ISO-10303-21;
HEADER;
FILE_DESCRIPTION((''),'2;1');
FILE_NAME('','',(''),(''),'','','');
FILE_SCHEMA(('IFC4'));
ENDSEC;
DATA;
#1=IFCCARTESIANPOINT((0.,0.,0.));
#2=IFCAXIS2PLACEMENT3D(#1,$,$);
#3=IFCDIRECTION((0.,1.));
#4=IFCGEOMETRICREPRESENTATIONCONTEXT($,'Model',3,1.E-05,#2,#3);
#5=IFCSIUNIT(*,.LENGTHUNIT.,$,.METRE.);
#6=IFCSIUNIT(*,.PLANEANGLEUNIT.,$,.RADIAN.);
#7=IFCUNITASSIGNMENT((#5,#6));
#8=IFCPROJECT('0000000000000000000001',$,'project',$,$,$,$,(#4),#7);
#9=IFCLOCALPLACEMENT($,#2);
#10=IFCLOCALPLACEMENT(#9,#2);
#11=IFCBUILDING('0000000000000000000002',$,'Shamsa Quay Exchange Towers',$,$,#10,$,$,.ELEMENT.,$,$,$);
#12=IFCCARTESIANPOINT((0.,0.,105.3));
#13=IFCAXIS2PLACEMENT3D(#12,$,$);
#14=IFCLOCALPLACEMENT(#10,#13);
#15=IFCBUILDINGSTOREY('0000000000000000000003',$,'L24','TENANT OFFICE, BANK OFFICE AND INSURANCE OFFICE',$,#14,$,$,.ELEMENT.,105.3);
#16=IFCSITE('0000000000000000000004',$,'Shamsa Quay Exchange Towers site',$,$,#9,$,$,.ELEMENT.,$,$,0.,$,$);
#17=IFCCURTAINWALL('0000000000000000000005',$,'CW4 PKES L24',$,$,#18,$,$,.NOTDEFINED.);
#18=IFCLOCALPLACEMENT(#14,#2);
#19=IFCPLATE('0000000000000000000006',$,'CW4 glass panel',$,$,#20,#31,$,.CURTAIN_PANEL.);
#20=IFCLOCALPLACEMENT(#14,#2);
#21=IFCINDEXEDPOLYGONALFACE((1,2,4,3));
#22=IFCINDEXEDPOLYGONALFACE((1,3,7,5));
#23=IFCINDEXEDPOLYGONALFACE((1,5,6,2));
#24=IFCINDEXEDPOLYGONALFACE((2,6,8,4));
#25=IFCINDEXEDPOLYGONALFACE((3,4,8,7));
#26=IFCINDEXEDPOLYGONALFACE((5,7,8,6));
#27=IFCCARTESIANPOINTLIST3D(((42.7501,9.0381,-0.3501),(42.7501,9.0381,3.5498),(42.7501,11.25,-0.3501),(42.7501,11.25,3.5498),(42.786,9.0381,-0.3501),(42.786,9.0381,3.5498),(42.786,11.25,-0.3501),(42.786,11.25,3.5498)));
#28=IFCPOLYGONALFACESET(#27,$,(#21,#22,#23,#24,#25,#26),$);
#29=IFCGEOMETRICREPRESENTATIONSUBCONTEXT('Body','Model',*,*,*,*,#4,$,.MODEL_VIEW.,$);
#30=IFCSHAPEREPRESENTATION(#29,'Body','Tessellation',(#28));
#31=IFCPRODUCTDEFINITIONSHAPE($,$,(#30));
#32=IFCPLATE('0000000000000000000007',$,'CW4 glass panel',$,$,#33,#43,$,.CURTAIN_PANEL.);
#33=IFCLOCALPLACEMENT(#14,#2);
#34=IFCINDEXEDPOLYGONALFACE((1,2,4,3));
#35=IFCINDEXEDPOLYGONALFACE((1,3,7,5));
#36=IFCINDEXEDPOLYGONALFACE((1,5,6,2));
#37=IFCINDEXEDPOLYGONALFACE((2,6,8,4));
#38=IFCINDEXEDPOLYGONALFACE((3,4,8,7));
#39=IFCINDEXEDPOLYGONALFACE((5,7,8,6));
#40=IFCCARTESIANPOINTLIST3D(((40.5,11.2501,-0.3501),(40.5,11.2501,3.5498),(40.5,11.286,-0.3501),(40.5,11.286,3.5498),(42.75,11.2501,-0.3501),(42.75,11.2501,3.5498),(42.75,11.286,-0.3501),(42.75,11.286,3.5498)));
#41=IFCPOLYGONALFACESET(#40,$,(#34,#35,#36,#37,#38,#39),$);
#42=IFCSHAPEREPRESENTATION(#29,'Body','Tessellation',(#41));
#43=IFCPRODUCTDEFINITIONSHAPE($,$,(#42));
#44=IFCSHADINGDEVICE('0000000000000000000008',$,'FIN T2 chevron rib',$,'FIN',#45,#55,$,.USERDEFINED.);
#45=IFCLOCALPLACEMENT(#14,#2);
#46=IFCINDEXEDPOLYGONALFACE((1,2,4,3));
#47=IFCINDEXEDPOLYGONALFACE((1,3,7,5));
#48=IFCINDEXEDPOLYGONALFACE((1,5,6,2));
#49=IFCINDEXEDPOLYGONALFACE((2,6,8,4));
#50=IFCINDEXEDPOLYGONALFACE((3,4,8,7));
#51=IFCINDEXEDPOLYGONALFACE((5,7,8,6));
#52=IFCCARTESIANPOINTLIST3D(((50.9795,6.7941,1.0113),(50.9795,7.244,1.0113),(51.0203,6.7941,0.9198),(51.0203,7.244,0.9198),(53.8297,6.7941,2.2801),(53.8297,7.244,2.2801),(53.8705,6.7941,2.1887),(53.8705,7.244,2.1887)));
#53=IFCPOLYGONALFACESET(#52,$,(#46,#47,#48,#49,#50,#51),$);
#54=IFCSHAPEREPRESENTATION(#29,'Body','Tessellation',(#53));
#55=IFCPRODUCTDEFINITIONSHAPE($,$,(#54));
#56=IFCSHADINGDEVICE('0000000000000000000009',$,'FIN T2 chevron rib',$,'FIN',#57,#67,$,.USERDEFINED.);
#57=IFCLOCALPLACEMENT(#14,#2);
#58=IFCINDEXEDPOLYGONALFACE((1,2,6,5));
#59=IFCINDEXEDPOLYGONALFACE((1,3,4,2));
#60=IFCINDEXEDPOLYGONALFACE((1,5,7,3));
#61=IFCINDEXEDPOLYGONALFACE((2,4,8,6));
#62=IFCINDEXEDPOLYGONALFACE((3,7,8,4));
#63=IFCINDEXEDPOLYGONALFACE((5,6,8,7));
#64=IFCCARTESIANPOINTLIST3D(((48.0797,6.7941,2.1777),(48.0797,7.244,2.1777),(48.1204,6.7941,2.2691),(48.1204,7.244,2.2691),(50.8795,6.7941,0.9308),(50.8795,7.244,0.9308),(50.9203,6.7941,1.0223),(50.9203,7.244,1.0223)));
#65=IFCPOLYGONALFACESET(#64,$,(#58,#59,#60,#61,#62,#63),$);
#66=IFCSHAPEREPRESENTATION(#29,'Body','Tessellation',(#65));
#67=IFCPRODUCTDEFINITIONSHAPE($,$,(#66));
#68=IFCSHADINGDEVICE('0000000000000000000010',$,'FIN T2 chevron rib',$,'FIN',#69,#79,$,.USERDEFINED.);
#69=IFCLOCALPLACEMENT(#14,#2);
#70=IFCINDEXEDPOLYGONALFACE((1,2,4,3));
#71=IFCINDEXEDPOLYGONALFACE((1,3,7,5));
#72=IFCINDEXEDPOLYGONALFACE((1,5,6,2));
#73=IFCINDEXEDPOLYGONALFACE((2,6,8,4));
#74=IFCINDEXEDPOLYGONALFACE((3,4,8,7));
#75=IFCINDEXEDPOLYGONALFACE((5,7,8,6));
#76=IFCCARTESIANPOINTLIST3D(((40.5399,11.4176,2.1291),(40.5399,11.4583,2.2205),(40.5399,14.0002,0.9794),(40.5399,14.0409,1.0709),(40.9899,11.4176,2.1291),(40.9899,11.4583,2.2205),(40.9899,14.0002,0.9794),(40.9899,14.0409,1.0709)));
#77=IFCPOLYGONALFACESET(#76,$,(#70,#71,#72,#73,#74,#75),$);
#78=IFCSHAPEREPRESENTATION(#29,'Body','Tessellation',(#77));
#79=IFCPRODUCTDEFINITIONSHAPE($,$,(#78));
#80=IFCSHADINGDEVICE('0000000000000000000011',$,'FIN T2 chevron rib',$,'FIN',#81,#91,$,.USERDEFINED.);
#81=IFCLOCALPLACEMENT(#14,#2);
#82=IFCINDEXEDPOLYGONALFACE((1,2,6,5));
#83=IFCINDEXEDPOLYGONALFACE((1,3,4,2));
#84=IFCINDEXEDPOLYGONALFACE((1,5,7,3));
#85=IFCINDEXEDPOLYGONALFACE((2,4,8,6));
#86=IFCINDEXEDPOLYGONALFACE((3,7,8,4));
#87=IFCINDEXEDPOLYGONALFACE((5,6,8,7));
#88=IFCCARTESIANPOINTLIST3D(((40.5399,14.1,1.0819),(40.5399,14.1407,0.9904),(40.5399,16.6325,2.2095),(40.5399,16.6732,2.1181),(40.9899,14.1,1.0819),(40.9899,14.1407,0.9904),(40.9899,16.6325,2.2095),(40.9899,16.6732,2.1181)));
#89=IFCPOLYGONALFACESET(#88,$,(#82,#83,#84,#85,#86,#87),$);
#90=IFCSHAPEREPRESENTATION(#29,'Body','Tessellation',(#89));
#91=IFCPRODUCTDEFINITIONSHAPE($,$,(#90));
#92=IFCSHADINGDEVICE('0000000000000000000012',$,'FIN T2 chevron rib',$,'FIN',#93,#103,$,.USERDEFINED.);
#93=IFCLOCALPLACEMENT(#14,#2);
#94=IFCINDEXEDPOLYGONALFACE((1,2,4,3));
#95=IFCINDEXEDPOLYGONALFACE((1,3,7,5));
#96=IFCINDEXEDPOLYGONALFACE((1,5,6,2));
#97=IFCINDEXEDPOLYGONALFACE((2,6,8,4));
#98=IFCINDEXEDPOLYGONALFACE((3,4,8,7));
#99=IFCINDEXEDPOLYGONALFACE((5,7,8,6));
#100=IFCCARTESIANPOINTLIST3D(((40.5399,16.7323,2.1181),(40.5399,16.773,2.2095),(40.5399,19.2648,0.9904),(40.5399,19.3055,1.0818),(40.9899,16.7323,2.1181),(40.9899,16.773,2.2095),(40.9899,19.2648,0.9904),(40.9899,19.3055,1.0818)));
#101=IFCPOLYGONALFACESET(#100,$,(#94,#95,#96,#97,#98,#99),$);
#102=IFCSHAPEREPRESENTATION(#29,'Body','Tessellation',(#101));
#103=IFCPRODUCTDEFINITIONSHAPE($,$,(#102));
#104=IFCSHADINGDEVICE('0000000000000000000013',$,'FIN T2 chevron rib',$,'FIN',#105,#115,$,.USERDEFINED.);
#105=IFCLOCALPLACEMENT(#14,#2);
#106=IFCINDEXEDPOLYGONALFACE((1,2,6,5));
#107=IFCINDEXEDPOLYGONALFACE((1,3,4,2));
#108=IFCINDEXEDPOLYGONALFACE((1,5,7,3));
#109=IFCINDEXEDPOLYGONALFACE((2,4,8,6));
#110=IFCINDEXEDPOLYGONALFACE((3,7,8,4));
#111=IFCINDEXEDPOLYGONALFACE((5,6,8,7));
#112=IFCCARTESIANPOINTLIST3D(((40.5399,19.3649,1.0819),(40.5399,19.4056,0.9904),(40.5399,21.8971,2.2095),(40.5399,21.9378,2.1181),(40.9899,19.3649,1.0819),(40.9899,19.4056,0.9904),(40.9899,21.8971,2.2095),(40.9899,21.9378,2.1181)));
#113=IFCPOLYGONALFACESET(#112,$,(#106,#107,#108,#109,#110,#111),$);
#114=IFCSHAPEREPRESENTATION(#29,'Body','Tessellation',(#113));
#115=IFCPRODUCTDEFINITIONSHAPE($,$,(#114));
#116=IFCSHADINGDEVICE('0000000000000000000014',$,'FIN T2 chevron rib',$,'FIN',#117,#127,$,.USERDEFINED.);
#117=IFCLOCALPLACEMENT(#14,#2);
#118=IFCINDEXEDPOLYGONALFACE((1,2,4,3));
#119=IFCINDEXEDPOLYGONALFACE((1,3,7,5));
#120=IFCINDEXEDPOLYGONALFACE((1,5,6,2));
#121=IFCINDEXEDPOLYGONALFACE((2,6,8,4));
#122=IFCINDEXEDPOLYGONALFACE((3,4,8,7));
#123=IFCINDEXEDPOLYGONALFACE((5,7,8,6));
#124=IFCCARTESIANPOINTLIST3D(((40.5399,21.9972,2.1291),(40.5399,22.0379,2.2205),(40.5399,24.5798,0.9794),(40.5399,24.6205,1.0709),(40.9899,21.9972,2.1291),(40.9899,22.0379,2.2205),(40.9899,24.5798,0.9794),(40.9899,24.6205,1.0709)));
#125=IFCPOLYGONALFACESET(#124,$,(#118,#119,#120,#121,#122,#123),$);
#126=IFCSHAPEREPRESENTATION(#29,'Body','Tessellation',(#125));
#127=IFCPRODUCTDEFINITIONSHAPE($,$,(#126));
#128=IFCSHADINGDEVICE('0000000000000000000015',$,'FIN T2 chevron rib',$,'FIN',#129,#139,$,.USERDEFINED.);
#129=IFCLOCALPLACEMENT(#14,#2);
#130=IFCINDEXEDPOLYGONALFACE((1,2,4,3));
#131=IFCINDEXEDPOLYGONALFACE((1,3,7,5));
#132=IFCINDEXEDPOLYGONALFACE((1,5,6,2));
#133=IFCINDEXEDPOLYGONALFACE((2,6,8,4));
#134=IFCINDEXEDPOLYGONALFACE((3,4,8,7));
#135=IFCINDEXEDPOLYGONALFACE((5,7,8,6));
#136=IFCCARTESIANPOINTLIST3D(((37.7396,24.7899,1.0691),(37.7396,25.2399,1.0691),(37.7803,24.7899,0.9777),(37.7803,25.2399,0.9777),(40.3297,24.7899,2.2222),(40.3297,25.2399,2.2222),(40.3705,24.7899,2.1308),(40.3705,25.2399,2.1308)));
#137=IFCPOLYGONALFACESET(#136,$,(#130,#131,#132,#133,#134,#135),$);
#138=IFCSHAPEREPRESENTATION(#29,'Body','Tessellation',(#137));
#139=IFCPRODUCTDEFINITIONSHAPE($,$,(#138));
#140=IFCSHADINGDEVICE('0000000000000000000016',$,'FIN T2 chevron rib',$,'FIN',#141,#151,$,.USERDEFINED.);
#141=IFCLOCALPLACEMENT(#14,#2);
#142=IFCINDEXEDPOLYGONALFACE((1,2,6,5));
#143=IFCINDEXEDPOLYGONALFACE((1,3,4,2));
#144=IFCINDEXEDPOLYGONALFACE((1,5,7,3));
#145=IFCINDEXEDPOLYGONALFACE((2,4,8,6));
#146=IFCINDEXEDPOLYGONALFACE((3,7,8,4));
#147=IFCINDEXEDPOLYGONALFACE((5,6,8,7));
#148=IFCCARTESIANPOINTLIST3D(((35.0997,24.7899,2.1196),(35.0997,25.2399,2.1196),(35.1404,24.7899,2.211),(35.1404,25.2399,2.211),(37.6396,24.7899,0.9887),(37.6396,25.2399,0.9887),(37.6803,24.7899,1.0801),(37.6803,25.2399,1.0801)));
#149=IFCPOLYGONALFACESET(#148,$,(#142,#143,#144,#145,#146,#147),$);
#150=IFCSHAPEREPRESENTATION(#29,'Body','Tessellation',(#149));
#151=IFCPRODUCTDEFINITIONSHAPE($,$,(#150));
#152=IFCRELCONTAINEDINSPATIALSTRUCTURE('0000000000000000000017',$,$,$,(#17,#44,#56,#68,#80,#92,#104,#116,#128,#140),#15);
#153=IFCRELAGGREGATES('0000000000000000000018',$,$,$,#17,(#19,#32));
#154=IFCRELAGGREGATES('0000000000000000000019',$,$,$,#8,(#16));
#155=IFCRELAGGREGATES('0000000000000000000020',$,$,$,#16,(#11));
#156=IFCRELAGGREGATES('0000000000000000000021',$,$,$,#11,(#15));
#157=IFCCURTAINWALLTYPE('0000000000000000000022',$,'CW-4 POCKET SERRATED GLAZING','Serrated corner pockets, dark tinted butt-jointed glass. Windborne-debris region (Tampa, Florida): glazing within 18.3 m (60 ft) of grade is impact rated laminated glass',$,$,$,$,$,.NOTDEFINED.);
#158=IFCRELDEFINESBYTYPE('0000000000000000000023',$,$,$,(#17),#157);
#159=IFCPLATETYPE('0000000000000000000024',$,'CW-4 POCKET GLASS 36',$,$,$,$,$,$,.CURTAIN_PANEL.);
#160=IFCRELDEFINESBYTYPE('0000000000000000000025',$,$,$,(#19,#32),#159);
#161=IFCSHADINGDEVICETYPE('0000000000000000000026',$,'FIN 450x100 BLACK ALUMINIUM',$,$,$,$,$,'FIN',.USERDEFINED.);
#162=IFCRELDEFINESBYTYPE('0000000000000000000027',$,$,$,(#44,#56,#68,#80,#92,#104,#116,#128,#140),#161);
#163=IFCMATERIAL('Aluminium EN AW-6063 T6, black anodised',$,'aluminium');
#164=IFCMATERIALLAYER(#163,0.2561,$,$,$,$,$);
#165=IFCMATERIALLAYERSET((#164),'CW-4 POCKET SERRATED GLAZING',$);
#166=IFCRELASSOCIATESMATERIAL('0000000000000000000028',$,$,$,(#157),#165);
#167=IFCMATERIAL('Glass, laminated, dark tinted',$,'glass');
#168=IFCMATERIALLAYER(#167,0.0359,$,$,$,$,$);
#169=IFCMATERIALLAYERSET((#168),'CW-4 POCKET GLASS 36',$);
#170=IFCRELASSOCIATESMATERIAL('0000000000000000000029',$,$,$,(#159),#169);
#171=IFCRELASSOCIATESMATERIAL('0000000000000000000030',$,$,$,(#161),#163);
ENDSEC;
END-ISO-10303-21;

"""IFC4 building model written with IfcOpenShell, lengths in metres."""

from ifc_helpers import new_model, si_unit, direction, frame, origin, origin_2d, place, context, subcontext, project, spatial, rectangle, extrude, material, layer, layer_set, material_profile, profile_set, type_object, element, aggregate, save


model = new_model("IFC4")

# Units and contexts
model_context = context("Model", 3, precision=1e-05, world=origin(), true_north=direction((0.0, 1.0)))
body_context = subcontext(model_context, "Body", "Model", "MODEL_VIEW")
ifc_project = project(units=[si_unit("LENGTHUNIT", "METRE"), si_unit("PLANEANGLEUNIT", "RADIAN")], contexts=[model_context])

# Site, building, storey
site_placement = place(None, origin())
site = spatial("IfcSite", under=ifc_project, at=site_placement, Name="Shamsa Quay Exchange Towers site", CompositionType="ELEMENT", RefElevation=0.0)
building_placement = place(site_placement, origin())
building = spatial("IfcBuilding", under=site, at=building_placement, Name="Shamsa Quay Exchange Towers", CompositionType="ELEMENT")
storey_placement = place(building_placement, frame((0.0, 0.0, 105.3)))
storey = spatial("IfcBuildingStorey", under=building, at=storey_placement, Name="L24", Description="TENANT OFFICE, BANK OFFICE AND INSURANCE OFFICE", CompositionType="ELEMENT", Elevation=105.3)

# Shared definitions
ifc_material_1 = material(Name="Aluminium EN AW-6063 T6, black anodised", Category="aluminium")

# Shared definitions
ifc_material_2 = material(Name="Glass, laminated, dark tinted", Category="glass")

# Curtain wall, plates
ifc_layer_1 = layer(ifc_material_1, 0.2561)
ifc_layer_set_1 = layer_set([ifc_layer_1], Name="CW-4 POCKET SERRATED GLAZING")
curtain_wall_type_1 = type_object("IfcCurtainWallType", Name="CW-4 POCKET SERRATED GLAZING", Description="Serrated corner pockets, dark tinted butt-jointed glass. Windborne-debris region (Tampa, Florida): glazing within 18.3 m (60 ft) of grade is impact rated laminated glass", PredefinedType="NOTDEFINED", material=ifc_layer_set_1)
curtain_wall_1_placement = place(storey_placement, origin())
curtain_wall_1 = element("IfcCurtainWall", 1, at=curtain_wall_1_placement, inside=storey, type_object=curtain_wall_type_1, Name="CW4 PKES L24", PredefinedType="NOTDEFINED")
ifc_layer_2 = layer(ifc_material_2, 0.0359)
ifc_layer_set_2 = layer_set([ifc_layer_2], Name="CW-4 POCKET GLASS 36")
plate_type_1 = type_object("IfcPlateType", Name="CW-4 POCKET GLASS 36", PredefinedType="CURTAIN_PANEL", material=ifc_layer_set_2)
plate_1_placement = place(storey_placement, frame((42.7681, 10.144, -0.3501), z_axis=(0.0, 0.0, 1.0), x_axis=(0.0, 1.0, 0.0)))
plate_1 = element("IfcPlate", 2, at=plate_1_placement, type_object=plate_type_1, Name="CW4 glass panel", PredefinedType="CURTAIN_PANEL", context=body_context, shape_type="SweptSolid", body=[
    extrude(rectangle(XDim=2.2119, YDim=0.0359, at=origin_2d()), origin(), (0.0, 0.0, 1.0), 3.8999),
])
plate_2_placement = place(storey_placement, frame((41.625, 11.2681, -0.3501), z_axis=(0.0, 0.0, 1.0), x_axis=(-1.0, 0.0, 0.0)))
plate_2 = element("IfcPlate", 3, at=plate_2_placement, type_object=plate_type_1, Name="CW4 glass panel", PredefinedType="CURTAIN_PANEL", context=body_context, shape_type="SweptSolid", body=[
    extrude(rectangle(XDim=2.25, YDim=0.0359, at=origin_2d()), origin(), (0.0, 0.0, 1.0), 3.8999),
])
aggregate(curtain_wall_1, [plate_1, plate_2])

# Shading devices
ifc_material_profile_1 = material_profile(ifc_material_1, rectangle(XDim=0.45, YDim=0.1001, at=origin_2d()), Name="FIN450x100")
ifc_profile_set_1 = profile_set([ifc_material_profile_1], Name="Aluminium EN AW-6063 T6, black anodised")
shading_device_type = type_object("IfcShadingDeviceType", Name="FIN 450x100 BLACK ALUMINIUM", ElementType="FIN", PredefinedType="USERDEFINED", material=ifc_profile_set_1)
shading_device_1_placement = place(storey_placement, frame((53.8501, 7.019, 2.2344), z_axis=(-0.913563, 0.0, -0.406697), x_axis=(0.0, -1.0, 0.0)))
element("IfcShadingDevice", 4, at=shading_device_1_placement, inside=storey, type_object=shading_device_type, Name="FIN T2 chevron rib", ObjectType="FIN", PredefinedType="USERDEFINED", context=body_context, shape_type="SweptSolid", body=[
    extrude(rectangle(XDim=0.45, YDim=0.1001, at=origin_2d()), origin(), (0.0, 0.0, 1.0), 3.1199),
])
shading_device_2_placement = place(storey_placement, frame((50.8999, 7.019, 0.9766), z_axis=(-0.913512, 0.0, 0.406811), x_axis=(0.0, -1.0, 0.0)))
element("IfcShadingDevice", 5, at=shading_device_2_placement, inside=storey, type_object=shading_device_type, Name="FIN T2 chevron rib", ObjectType="FIN", PredefinedType="USERDEFINED", context=body_context, shape_type="SweptSolid", body=[
    extrude(rectangle(XDim=0.45, YDim=0.1001, at=origin_2d()), origin(), (0.0, 0.0, 1.0), 3.0649),
])
shading_device_3_placement = place(storey_placement, frame((40.7649, 11.438, 2.1748), z_axis=(0.0, 0.913566, -0.406691), x_axis=(-1.0, 0.0, 0.0)))
element("IfcShadingDevice", 6, at=shading_device_3_placement, inside=storey, type_object=shading_device_type, Name="FIN T2 chevron rib", ObjectType="FIN", PredefinedType="USERDEFINED", context=body_context, shape_type="SweptSolid", body=[
    extrude(rectangle(XDim=0.45, YDim=0.1001, at=origin_2d()), origin(), (0.0, 0.0, 1.0), 2.8269),
])
for number, where, z_axis, x_axis, name in (
    (7, (40.7649, 14.1204, 1.0361), (0.0, 0.913524, 0.406784), (-1.0, 0.0, 0.0), "FIN T2 chevron rib"),
    (8, (40.7649, 16.7527, 2.1638), (0.0, 0.913524, -0.406784), (-1.0, 0.0, 0.0), "FIN T2 chevron rib"),
):
    element("IfcShadingDevice", number, at=place(storey_placement, frame(where, z_axis=z_axis, x_axis=x_axis)), inside=storey, type_object=shading_device_type, Name=name, ObjectType="FIN", PredefinedType="USERDEFINED", context=body_context, shape_type="SweptSolid", body=[
        extrude(rectangle(XDim=0.45, YDim=0.1001, at=origin_2d()), origin(), (0.0, 0.0, 1.0), 2.7722),
    ])
shading_device_4_placement = place(storey_placement, frame((40.7649, 19.3853, 1.0361), z_axis=(0.0, 0.91351, 0.406817), x_axis=(-1.0, 0.0, 0.0)))
element("IfcShadingDevice", 9, at=shading_device_4_placement, inside=storey, type_object=shading_device_type, Name="FIN T2 chevron rib", ObjectType="FIN", PredefinedType="USERDEFINED", context=body_context, shape_type="SweptSolid", body=[
    extrude(rectangle(XDim=0.45, YDim=0.1001, at=origin_2d()), origin(), (0.0, 0.0, 1.0), 2.772),
])
shading_device_5_placement = place(storey_placement, frame((40.7649, 22.0176, 2.1748), z_axis=(0.0, 0.913566, -0.406691), x_axis=(-1.0, 0.0, 0.0)))
element("IfcShadingDevice", 10, at=shading_device_5_placement, inside=storey, type_object=shading_device_type, Name="FIN T2 chevron rib", ObjectType="FIN", PredefinedType="USERDEFINED", context=body_context, shape_type="SweptSolid", body=[
    extrude(rectangle(XDim=0.45, YDim=0.1001, at=origin_2d()), origin(), (0.0, 0.0, 1.0), 2.8269),
])
shading_device_6_placement = place(storey_placement, frame((40.3501, 25.0149, 2.1765), z_axis=(-0.913559, 0.0, -0.406706), x_axis=(0.0, -1.0, 0.0)))
element("IfcShadingDevice", 11, at=shading_device_6_placement, inside=storey, type_object=shading_device_type, Name="FIN T2 chevron rib", ObjectType="FIN", PredefinedType="USERDEFINED", context=body_context, shape_type="SweptSolid", body=[
    extrude(rectangle(XDim=0.45, YDim=0.1001, at=origin_2d()), origin(), (0.0, 0.0, 1.0), 2.8352),
])
shading_device_7_placement = place(storey_placement, frame((37.6599, 25.0149, 1.0344), z_axis=(-0.913536, 0.0, 0.406758), x_axis=(0.0, -1.0, 0.0)))
element("IfcShadingDevice", 12, at=shading_device_7_placement, inside=storey, type_object=shading_device_type, Name="FIN T2 chevron rib", ObjectType="FIN", PredefinedType="USERDEFINED", context=body_context, shape_type="SweptSolid", body=[
    extrude(rectangle(XDim=0.45, YDim=0.1001, at=origin_2d()), origin(), (0.0, 0.0, 1.0), 2.7803),
])

save(model, "model.ifc")
